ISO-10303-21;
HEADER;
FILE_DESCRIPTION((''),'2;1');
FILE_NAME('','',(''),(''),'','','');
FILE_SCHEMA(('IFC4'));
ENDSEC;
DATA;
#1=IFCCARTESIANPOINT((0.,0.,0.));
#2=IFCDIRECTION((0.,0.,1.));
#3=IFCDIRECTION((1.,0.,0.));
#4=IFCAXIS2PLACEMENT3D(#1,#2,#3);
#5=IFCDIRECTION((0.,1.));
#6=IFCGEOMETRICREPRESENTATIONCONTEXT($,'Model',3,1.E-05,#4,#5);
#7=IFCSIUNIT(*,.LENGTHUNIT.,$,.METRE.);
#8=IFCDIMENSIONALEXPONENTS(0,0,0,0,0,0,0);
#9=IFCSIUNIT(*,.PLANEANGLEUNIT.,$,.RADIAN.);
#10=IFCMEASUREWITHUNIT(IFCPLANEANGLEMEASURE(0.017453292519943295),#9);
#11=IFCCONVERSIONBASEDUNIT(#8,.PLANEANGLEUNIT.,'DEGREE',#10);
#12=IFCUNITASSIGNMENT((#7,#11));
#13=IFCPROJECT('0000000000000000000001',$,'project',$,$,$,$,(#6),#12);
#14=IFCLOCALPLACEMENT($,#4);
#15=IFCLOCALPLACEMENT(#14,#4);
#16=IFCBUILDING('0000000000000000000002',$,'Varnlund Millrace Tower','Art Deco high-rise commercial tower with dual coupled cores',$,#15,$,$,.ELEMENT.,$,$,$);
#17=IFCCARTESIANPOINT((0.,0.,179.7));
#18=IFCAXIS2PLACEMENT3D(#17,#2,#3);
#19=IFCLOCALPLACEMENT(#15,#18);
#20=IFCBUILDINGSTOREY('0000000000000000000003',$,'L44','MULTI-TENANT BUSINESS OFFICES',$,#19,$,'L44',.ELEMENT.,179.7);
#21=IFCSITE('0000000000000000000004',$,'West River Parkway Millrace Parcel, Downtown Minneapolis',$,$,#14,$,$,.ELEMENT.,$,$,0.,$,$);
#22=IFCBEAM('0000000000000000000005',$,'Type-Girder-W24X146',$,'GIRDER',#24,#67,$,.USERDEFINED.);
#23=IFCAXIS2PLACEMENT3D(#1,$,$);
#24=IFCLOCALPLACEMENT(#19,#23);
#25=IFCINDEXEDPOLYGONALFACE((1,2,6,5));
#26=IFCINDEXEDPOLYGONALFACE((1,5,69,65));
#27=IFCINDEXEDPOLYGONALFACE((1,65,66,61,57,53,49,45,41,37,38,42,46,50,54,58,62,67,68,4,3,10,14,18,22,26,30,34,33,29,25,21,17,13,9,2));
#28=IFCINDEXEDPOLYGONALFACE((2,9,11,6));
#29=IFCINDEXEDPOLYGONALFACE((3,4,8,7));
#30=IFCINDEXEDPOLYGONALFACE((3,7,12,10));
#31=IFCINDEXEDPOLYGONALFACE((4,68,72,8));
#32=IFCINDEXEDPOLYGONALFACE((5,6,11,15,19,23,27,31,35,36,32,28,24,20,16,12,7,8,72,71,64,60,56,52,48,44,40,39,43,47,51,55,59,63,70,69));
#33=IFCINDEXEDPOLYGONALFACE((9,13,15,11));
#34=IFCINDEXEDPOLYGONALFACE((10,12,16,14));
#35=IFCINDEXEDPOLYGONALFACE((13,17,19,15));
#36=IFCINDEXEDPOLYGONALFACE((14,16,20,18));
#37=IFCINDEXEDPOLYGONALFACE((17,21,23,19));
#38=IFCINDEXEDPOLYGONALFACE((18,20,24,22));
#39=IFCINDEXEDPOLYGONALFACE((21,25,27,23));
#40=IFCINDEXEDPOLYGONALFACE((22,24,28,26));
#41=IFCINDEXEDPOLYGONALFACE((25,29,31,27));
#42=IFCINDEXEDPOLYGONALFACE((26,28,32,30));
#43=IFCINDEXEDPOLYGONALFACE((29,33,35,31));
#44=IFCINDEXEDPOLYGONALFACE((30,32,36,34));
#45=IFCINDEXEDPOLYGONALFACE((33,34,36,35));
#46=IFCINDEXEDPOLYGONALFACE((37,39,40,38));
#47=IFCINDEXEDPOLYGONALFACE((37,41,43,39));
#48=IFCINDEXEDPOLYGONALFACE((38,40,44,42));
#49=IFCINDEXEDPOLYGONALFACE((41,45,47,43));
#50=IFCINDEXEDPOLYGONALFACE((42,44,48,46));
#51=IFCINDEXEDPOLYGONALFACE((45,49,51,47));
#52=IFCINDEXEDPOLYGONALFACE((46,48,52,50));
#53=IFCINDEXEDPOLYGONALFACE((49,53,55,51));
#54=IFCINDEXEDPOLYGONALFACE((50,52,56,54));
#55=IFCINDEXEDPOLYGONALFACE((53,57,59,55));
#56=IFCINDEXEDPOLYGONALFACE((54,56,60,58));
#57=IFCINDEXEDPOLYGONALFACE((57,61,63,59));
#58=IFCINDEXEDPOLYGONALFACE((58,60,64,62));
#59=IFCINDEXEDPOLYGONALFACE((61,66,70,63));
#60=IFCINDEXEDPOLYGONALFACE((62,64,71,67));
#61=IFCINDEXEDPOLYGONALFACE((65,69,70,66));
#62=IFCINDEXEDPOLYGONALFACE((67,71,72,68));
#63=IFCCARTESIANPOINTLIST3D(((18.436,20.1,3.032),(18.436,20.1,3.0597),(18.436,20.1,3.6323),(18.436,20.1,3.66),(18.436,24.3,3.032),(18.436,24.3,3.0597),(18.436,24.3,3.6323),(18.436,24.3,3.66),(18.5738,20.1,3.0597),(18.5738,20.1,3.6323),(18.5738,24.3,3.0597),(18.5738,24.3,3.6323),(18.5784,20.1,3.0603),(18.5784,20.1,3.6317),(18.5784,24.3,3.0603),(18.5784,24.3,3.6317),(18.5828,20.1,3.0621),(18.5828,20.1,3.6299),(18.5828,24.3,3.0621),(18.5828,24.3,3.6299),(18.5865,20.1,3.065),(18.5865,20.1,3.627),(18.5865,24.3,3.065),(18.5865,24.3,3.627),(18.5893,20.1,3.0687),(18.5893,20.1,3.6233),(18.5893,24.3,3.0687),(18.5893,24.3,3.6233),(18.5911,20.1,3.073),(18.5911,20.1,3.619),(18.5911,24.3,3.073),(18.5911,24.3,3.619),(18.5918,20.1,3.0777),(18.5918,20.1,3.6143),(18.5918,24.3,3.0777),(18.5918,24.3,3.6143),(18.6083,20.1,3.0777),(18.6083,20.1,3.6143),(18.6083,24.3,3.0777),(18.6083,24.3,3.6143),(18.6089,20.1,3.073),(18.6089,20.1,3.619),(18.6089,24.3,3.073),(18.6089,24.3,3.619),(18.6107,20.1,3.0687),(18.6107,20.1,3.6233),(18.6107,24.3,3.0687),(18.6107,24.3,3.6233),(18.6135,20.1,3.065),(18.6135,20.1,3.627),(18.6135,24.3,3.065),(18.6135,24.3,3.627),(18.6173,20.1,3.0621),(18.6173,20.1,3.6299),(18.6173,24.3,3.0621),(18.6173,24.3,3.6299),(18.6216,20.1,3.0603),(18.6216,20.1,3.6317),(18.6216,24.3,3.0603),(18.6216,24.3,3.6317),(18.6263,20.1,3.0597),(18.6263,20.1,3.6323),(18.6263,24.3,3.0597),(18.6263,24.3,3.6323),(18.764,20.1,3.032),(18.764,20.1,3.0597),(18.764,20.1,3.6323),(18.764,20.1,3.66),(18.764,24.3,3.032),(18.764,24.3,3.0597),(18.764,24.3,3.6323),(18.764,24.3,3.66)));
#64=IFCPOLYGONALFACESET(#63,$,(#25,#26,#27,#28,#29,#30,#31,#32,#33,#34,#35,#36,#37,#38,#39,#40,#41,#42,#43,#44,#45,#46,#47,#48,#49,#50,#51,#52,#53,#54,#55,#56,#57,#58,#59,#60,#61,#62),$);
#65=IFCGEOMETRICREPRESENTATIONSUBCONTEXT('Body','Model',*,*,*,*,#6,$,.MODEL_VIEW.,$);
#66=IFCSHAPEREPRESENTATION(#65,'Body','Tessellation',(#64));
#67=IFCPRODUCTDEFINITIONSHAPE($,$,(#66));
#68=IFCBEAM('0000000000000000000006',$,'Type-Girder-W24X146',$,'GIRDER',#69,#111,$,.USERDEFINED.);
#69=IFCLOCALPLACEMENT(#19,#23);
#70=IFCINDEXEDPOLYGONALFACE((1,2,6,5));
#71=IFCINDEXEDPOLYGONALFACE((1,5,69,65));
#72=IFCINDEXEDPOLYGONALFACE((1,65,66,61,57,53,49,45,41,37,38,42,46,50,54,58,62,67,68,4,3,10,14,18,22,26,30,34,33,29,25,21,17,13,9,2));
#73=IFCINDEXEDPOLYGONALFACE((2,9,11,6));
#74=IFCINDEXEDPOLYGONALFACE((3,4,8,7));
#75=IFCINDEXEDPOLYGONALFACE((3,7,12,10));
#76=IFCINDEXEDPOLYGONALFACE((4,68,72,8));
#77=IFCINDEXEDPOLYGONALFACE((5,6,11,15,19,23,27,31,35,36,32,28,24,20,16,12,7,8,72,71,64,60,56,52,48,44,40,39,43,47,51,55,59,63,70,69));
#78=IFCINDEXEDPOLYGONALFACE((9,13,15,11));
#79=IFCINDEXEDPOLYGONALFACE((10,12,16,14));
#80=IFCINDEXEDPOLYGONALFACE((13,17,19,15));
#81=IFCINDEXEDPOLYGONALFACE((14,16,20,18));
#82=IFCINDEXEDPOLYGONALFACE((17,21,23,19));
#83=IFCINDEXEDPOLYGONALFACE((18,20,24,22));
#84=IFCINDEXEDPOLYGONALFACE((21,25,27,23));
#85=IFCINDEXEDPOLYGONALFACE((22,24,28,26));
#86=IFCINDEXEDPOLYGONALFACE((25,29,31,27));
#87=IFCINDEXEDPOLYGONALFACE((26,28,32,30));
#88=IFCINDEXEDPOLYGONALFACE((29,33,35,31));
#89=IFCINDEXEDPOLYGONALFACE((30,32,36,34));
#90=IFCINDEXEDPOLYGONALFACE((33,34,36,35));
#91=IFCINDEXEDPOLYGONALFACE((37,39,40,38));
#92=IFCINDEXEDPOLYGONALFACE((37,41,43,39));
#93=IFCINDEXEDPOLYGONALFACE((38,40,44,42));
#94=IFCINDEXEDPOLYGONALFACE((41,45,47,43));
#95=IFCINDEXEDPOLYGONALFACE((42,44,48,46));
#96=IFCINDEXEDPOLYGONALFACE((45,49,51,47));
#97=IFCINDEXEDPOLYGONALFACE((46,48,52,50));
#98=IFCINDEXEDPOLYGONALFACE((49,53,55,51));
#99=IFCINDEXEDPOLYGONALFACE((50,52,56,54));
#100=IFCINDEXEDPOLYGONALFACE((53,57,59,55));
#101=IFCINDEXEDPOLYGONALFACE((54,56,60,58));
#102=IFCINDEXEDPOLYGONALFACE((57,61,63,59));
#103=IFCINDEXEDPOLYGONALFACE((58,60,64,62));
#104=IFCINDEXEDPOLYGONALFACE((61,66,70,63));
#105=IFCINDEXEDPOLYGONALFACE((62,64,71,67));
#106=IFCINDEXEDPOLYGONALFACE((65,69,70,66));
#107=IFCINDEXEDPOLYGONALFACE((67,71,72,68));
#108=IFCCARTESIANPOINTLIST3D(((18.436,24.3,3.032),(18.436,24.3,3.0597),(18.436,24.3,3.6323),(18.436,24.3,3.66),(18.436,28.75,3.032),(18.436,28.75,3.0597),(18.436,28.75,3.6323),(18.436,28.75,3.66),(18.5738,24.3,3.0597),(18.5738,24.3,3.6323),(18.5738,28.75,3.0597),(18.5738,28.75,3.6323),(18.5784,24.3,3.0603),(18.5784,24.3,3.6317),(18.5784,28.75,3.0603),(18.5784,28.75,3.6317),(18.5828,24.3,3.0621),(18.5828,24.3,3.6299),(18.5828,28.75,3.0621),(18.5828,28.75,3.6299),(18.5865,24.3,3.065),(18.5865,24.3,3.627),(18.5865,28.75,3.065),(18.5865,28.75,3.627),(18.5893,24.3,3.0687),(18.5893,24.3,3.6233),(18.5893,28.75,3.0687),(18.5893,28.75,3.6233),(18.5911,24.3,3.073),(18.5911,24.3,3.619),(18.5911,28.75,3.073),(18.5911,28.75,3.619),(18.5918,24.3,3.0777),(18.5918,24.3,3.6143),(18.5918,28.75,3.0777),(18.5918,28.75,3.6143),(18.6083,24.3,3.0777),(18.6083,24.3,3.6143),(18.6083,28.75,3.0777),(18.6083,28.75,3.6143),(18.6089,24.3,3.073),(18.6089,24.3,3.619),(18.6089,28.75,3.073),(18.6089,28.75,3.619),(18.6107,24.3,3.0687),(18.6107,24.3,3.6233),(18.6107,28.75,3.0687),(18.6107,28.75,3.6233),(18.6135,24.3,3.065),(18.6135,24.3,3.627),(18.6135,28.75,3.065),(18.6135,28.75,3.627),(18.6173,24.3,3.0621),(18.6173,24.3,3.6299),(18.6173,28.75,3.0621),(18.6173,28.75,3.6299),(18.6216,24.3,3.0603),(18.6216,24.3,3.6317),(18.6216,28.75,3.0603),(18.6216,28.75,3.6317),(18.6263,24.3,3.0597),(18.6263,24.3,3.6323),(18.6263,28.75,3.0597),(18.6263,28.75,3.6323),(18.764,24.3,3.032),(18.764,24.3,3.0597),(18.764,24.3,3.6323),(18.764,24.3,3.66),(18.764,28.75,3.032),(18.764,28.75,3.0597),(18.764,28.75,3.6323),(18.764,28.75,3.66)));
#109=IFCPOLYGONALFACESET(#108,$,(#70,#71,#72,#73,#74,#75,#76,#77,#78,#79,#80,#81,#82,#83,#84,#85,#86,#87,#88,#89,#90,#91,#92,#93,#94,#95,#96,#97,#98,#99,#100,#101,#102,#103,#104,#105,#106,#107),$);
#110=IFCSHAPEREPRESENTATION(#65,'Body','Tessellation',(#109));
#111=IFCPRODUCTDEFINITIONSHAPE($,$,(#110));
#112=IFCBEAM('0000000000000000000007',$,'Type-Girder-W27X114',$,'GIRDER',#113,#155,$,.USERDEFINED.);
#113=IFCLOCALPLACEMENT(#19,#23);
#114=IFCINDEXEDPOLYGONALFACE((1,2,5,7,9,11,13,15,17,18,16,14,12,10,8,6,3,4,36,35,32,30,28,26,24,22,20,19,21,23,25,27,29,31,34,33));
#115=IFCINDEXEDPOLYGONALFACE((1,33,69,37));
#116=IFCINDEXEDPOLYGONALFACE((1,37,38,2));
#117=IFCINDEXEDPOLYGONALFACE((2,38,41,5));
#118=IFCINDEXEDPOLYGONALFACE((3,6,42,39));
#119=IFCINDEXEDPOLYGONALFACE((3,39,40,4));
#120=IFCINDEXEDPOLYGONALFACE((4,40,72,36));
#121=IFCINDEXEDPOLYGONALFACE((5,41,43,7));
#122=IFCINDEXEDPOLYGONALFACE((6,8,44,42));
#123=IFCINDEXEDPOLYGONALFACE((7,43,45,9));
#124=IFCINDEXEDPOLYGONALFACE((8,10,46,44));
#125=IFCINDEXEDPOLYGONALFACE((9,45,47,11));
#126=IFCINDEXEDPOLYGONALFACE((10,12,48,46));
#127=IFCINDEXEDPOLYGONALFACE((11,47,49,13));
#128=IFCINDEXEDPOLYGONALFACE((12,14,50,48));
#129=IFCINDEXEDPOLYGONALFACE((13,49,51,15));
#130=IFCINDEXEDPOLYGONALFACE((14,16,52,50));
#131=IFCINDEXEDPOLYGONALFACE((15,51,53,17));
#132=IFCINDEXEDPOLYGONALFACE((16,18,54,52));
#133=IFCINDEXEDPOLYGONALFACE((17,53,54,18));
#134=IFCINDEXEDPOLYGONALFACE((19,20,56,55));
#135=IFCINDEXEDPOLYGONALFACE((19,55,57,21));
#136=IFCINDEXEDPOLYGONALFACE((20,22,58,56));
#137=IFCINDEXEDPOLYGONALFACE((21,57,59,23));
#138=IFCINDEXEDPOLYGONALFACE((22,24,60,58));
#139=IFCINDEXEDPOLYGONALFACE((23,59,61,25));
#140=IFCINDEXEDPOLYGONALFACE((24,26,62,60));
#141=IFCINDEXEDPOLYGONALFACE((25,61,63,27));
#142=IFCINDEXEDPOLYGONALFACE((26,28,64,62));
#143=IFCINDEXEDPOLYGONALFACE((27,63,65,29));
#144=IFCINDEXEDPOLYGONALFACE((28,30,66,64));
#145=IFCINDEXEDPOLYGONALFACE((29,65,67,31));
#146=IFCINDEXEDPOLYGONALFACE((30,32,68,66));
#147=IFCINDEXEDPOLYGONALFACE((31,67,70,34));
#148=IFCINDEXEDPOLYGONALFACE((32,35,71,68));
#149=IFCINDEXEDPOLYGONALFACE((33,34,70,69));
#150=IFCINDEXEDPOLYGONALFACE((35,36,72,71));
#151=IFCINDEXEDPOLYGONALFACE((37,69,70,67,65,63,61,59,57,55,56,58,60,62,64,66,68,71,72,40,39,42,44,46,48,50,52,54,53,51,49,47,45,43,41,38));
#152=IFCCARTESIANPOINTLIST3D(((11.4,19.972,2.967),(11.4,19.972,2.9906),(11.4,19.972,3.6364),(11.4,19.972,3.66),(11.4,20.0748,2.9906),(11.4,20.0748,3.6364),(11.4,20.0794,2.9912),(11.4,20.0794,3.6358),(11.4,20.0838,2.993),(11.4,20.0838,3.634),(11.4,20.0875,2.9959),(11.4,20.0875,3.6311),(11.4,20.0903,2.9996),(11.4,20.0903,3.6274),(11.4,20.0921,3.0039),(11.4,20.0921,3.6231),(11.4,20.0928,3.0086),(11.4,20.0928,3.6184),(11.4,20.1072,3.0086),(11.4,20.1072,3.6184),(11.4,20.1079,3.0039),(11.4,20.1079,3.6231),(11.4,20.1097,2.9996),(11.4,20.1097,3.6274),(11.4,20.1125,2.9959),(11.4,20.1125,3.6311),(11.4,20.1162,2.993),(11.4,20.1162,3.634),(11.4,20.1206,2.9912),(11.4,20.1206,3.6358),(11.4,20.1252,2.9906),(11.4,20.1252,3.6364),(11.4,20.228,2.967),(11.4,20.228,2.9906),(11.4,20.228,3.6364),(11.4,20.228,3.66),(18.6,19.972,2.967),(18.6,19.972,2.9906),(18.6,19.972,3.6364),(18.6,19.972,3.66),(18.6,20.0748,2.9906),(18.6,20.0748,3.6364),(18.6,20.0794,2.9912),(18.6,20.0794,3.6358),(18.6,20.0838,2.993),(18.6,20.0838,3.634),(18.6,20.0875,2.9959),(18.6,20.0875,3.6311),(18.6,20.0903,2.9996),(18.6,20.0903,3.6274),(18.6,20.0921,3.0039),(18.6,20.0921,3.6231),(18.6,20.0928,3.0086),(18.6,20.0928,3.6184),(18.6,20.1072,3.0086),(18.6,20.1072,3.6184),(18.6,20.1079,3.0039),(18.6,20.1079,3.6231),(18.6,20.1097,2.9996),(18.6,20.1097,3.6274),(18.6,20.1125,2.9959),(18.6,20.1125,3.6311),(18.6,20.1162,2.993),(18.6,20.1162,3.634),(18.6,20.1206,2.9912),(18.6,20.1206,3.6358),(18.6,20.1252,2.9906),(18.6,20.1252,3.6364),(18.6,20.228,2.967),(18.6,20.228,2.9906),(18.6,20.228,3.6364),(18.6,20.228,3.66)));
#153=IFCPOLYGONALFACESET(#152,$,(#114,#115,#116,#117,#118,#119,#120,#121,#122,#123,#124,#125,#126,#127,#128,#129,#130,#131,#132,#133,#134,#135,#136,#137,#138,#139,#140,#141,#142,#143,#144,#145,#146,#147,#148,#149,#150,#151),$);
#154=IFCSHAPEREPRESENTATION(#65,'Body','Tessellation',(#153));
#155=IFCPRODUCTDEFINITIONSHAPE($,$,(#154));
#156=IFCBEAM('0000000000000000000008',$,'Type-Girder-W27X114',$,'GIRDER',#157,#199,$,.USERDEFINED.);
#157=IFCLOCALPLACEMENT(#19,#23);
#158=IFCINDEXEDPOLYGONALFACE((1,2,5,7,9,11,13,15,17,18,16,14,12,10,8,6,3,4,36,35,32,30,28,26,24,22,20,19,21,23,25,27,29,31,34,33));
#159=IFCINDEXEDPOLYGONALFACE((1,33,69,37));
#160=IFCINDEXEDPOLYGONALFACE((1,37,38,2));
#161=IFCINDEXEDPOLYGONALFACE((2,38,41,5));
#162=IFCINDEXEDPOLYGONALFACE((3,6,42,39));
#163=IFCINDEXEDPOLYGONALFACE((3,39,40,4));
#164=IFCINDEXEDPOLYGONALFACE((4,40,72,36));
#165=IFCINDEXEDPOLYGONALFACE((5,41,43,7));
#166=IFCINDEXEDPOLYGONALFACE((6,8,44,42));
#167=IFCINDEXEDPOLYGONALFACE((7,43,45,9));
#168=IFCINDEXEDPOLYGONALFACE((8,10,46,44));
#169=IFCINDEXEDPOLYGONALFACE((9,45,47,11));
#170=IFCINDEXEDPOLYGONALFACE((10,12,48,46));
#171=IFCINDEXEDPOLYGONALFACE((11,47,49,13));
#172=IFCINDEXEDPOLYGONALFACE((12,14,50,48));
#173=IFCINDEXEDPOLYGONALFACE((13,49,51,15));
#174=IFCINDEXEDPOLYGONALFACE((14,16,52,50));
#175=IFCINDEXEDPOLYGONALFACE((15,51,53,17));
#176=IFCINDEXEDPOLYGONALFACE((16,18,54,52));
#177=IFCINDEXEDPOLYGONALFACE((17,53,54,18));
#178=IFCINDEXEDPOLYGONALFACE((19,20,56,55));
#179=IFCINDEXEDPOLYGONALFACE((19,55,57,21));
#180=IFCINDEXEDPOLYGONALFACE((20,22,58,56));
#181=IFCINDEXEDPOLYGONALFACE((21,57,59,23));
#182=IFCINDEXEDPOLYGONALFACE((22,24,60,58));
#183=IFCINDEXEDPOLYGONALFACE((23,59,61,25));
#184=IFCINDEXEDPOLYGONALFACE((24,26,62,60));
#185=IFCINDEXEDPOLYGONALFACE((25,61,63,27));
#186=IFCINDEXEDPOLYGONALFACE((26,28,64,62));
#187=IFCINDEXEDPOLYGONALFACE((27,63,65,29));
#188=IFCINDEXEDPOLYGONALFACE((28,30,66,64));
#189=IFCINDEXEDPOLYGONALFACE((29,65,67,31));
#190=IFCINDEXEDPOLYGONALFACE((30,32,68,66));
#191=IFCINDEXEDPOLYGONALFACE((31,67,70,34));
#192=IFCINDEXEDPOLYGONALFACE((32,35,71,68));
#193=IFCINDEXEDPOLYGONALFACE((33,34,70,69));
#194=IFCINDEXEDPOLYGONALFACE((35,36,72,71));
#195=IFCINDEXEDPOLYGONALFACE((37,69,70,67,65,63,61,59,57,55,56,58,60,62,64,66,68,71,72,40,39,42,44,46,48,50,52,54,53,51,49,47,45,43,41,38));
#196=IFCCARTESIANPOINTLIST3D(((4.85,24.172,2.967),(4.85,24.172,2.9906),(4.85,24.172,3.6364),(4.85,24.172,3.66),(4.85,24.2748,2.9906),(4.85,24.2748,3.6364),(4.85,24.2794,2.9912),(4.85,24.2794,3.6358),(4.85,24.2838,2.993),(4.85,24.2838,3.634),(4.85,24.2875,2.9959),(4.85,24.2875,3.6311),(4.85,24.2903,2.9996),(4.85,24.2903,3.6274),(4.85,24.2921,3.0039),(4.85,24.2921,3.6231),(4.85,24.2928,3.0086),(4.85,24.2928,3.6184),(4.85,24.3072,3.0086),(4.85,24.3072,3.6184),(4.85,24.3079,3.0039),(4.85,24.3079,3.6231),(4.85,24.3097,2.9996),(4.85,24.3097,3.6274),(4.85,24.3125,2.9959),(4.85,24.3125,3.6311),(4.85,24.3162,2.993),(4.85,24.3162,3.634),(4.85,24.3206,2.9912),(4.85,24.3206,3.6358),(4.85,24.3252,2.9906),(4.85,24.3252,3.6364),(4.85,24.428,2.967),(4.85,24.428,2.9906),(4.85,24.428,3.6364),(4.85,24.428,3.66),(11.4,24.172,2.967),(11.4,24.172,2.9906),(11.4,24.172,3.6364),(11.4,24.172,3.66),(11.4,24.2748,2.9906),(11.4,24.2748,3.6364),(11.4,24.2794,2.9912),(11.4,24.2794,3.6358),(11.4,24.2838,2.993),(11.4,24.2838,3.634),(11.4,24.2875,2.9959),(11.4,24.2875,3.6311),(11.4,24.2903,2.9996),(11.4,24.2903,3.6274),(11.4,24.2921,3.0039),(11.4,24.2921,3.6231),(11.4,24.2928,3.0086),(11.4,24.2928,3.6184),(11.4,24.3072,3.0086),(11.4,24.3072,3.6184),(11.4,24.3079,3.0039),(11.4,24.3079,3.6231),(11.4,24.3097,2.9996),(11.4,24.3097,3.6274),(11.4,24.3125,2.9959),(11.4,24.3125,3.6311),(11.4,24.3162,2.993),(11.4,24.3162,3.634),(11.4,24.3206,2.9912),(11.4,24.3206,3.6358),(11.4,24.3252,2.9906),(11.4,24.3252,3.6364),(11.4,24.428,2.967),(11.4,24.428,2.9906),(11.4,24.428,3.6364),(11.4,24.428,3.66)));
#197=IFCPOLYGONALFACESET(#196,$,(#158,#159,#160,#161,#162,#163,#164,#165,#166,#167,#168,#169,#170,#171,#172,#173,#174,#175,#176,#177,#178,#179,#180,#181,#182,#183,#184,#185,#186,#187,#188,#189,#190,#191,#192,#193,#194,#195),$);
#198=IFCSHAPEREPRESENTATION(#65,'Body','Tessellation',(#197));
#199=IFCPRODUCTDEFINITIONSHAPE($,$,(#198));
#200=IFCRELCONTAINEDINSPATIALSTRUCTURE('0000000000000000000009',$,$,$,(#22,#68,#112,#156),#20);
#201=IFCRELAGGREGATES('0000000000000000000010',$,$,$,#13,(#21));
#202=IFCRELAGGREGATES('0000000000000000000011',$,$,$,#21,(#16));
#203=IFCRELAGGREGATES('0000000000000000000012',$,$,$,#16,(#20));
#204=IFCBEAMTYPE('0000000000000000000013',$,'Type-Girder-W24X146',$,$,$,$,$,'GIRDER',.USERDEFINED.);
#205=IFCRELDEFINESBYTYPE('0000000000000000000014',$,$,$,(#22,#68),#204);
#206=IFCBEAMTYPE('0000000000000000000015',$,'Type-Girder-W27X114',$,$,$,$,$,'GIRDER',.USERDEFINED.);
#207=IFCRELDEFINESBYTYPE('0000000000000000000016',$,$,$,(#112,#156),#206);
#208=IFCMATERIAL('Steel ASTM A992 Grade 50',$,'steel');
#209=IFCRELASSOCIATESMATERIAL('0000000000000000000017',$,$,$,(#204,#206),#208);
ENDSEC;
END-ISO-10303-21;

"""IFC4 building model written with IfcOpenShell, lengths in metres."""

from ifc_helpers import new_model, entity, si_unit, converted_unit, direction, frame, origin_with_axes, origin_2d_with_axis, place, context, subcontext, project, spatial, i_section, extrude, material, material_profile, profile_set, type_object, element, save


model = new_model("IFC4")

# Units and contexts
model_context = context("Model", 3, precision=1e-05, world=origin_with_axes(), true_north=direction((0.0, 1.0)))
body_context = subcontext(model_context, "Body", "Model", "MODEL_VIEW")
ifc_project = project(units=[si_unit("LENGTHUNIT", "METRE"), converted_unit("PLANEANGLEUNIT", "DEGREE", entity("IfcPlaneAngleMeasure", 0.017453292519943295), si_unit("PLANEANGLEUNIT", "RADIAN"), dimensions=[0, 0, 0, 0, 0, 0, 0])], contexts=[model_context])

# Site, building, storey
site_placement = place(None, origin_with_axes())
site = spatial("IfcSite", under=ifc_project, at=site_placement, Name="West River Parkway Millrace Parcel, Downtown Minneapolis", CompositionType="ELEMENT", RefElevation=0.0)
building_placement = place(site_placement, origin_with_axes())
building = spatial("IfcBuilding", under=site, at=building_placement, Name="Varnlund Millrace Tower", Description="Art Deco high-rise commercial tower with dual coupled cores", CompositionType="ELEMENT")
storey_placement = place(building_placement, frame((0.0, 0.0, 179.7), z_axis=(0.0, 0.0, 1.0), x_axis=(1.0, 0.0, 0.0)))
storey = spatial("IfcBuildingStorey", under=building, at=storey_placement, Name="L44", Description="MULTI-TENANT BUSINESS OFFICES", LongName="L44", CompositionType="ELEMENT", Elevation=179.7)

# Beams
ifc_material_1 = material(Name="Steel ASTM A992 Grade 50", Category="steel")
ifc_material_profile_1 = material_profile(ifc_material_1, i_section(OverallWidth=0.328, OverallDepth=0.628, WebThickness=0.0165, FlangeThickness=0.0277, FilletRadius=0.018, at=origin_2d_with_axis()), Name="Steel ASTM A992 Grade 50")
ifc_profile_set_1 = profile_set([ifc_material_profile_1], Name="Steel ASTM A992 Grade 50")
beam_type_1 = type_object("IfcBeamType", Name="Type-Girder-W24X146", ElementType="GIRDER", PredefinedType="USERDEFINED", material=ifc_profile_set_1)
beam_1_placement = place(storey_placement, frame((18.6, 20.1, 3.346), z_axis=(0.0, 1.0, 0.0), x_axis=(-1.0, 0.0, 0.0)))
element("IfcBeam", 1, at=beam_1_placement, inside=storey, type_object=beam_type_1, Name="Type-Girder-W24X146", ObjectType="GIRDER", PredefinedType="USERDEFINED", context=body_context, shape_type="SweptSolid", body=[
    extrude(i_section(OverallWidth=0.328, OverallDepth=0.628, WebThickness=0.0165, FlangeThickness=0.0277, FilletRadius=0.018, at=origin_2d_with_axis()), origin_with_axes(), (0.0, 0.0, 1.0), 4.2),
])
beam_2_placement = place(storey_placement, frame((18.6, 24.3, 3.346), z_axis=(0.0, 1.0, 0.0), x_axis=(-1.0, 0.0, 0.0)))
element("IfcBeam", 2, at=beam_2_placement, inside=storey, type_object=beam_type_1, Name="Type-Girder-W24X146", ObjectType="GIRDER", PredefinedType="USERDEFINED", context=body_context, shape_type="SweptSolid", body=[
    extrude(i_section(OverallWidth=0.328, OverallDepth=0.628, WebThickness=0.0165, FlangeThickness=0.0277, FilletRadius=0.018, at=origin_2d_with_axis()), origin_with_axes(), (0.0, 0.0, 1.0), 4.45),
])
ifc_material_profile_2 = material_profile(ifc_material_1, i_section(OverallWidth=0.256, OverallDepth=0.693, WebThickness=0.0145, FlangeThickness=0.0236, FilletRadius=0.018, at=origin_2d_with_axis()), Name="Steel ASTM A992 Grade 50")
ifc_profile_set_2 = profile_set([ifc_material_profile_2], Name="Steel ASTM A992 Grade 50")
beam_type_2 = type_object("IfcBeamType", Name="Type-Girder-W27X114", ElementType="GIRDER", PredefinedType="USERDEFINED", material=ifc_profile_set_2)
beam_3_placement = place(storey_placement, frame((11.4, 20.1, 3.3135), z_axis=(1.0, 0.0, 0.0), x_axis=(0.0, 1.0, 0.0)))
element("IfcBeam", 3, at=beam_3_placement, inside=storey, type_object=beam_type_2, Name="Type-Girder-W27X114", ObjectType="GIRDER", PredefinedType="USERDEFINED", context=body_context, shape_type="SweptSolid", body=[
    extrude(i_section(OverallWidth=0.256, OverallDepth=0.693, WebThickness=0.0145, FlangeThickness=0.0236, FilletRadius=0.018, at=origin_2d_with_axis()), origin_with_axes(), (0.0, 0.0, 1.0), 7.2),
])
beam_4_placement = place(storey_placement, frame((4.85, 24.3, 3.3135), z_axis=(1.0, 0.0, 0.0), x_axis=(0.0, 1.0, 0.0)))
element("IfcBeam", 4, at=beam_4_placement, inside=storey, type_object=beam_type_2, Name="Type-Girder-W27X114", ObjectType="GIRDER", PredefinedType="USERDEFINED", context=body_context, shape_type="SweptSolid", body=[
    extrude(i_section(OverallWidth=0.256, OverallDepth=0.693, WebThickness=0.0145, FlangeThickness=0.0236, FilletRadius=0.018, at=origin_2d_with_axis()), origin_with_axes(), (0.0, 0.0, 1.0), 6.55),
])

save(model, "model.ifc")
